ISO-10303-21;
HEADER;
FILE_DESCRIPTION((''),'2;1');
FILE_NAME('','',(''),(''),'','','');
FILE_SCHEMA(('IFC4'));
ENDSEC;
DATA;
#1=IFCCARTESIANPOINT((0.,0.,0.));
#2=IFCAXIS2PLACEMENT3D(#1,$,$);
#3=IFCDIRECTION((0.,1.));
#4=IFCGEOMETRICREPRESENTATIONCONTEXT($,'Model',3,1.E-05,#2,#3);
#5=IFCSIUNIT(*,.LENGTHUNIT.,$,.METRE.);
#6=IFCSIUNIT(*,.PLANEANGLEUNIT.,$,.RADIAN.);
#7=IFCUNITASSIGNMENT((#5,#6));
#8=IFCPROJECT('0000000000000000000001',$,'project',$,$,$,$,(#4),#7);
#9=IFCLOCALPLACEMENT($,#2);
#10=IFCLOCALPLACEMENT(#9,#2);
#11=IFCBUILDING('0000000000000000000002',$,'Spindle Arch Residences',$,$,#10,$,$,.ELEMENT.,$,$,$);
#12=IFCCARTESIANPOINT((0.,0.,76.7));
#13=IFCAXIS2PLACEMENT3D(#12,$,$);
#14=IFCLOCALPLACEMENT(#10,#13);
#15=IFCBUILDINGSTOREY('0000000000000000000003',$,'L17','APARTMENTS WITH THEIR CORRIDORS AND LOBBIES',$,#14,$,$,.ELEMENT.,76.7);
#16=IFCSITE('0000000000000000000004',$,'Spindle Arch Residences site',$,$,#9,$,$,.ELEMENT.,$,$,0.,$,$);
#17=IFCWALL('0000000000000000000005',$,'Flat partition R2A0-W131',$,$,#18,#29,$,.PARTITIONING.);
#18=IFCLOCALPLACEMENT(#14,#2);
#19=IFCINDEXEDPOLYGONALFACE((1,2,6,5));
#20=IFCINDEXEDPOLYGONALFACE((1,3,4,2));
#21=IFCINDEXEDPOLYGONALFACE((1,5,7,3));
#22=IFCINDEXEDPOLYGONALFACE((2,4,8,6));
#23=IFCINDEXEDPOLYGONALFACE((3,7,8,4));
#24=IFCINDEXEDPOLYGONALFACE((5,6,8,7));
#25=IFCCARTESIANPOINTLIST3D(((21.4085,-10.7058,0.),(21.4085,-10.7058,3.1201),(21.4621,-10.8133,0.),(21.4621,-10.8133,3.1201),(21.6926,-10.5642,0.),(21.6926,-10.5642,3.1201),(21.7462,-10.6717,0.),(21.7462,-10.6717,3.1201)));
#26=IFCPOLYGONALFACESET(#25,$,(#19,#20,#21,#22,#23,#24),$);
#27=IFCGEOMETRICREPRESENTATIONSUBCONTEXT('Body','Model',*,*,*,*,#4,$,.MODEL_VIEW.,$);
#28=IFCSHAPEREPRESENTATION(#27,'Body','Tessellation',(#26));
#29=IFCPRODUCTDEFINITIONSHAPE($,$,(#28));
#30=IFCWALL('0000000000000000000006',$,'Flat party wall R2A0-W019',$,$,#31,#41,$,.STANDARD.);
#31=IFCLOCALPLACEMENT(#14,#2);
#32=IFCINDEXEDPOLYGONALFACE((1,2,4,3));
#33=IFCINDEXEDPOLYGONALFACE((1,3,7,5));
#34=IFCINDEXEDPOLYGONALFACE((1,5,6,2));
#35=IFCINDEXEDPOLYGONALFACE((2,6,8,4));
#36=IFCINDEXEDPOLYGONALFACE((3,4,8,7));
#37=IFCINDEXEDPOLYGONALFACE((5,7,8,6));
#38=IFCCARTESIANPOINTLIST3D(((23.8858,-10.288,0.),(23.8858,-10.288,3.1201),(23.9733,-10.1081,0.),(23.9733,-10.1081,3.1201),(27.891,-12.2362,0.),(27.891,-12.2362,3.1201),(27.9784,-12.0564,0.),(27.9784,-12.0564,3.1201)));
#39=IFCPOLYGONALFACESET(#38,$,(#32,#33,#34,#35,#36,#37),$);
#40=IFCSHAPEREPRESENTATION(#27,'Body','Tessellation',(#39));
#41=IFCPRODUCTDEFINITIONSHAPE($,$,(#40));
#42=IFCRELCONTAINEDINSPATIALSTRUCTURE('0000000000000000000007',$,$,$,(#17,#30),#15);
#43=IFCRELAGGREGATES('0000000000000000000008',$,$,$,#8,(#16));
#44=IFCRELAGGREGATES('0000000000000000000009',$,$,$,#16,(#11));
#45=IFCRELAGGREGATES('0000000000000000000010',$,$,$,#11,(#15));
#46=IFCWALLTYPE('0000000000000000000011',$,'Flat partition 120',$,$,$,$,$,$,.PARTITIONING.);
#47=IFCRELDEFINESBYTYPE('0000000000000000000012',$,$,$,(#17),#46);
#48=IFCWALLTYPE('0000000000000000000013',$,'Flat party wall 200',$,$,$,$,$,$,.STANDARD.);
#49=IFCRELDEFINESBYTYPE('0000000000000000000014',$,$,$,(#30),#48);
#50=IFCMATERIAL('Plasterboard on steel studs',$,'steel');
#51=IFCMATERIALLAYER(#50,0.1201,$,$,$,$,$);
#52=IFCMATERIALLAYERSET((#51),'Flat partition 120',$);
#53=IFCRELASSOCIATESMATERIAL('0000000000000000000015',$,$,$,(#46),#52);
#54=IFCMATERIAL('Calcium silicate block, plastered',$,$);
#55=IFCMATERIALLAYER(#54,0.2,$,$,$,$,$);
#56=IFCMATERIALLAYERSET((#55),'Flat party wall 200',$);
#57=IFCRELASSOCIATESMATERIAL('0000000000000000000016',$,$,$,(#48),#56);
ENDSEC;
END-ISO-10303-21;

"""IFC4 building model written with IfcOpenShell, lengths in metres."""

from ifc_helpers import new_model, si_unit, direction, frame, frame_2d, origin, place, context, subcontext, project, spatial, rectangle, extrude, material, layer, layer_set, type_object, element, save


model = new_model("IFC4")

# Units and contexts
model_context = context("Model", 3, precision=1e-05, world=origin(), true_north=direction((0.0, 1.0)))
body_context = subcontext(model_context, "Body", "Model", "MODEL_VIEW")
ifc_project = project(units=[si_unit("LENGTHUNIT", "METRE"), si_unit("PLANEANGLEUNIT", "RADIAN")], contexts=[model_context])

# Site, building, storey
site_placement = place(None, origin())
site = spatial("IfcSite", under=ifc_project, at=site_placement, Name="Spindle Arch Residences site", CompositionType="ELEMENT", RefElevation=0.0)
building_placement = place(site_placement, origin())
building = spatial("IfcBuilding", under=site, at=building_placement, Name="Spindle Arch Residences", CompositionType="ELEMENT")
storey_placement = place(building_placement, frame((0.0, 0.0, 76.7)))
storey = spatial("IfcBuildingStorey", under=building, at=storey_placement, Name="L17", Description="APARTMENTS WITH THEIR CORRIDORS AND LOBBIES", CompositionType="ELEMENT", Elevation=76.7)

# Shared definitions
ifc_material_1 = material(Name="Plasterboard on steel studs", Category="steel")
ifc_layer_1 = layer(ifc_material_1, 0.1201)
ifc_layer_set_1 = layer_set([ifc_layer_1], Name="Flat partition 120")
wall_type_1 = type_object("IfcWallType", Name="Flat partition 120", PredefinedType="PARTITIONING", material=ifc_layer_set_1)

# Walls
wall_1_placement = place(storey_placement, frame((21.4353, -10.7595, 0.0), z_axis=(0.0, 0.0, 1.0), x_axis=(0.895041, 0.445983, 0.0)))
element("IfcWall", 1, at=wall_1_placement, inside=storey, type_object=wall_type_1, Name="Flat partition R2A0-W131", PredefinedType="PARTITIONING", context=body_context, shape_type="SweptSolid", body=[
    extrude(rectangle(XDim=0.3174, YDim=0.1201, at=frame_2d((0.1587, 0.0))), origin(), (0.0, 0.0, 1.0), 3.1201),
])
ifc_material_2 = material(Name="Calcium silicate block, plastered")
ifc_layer_2 = layer(ifc_material_2, 0.2)
ifc_layer_set_2 = layer_set([ifc_layer_2], Name="Flat party wall 200")
wall_type_2 = type_object("IfcWallType", Name="Flat party wall 200", PredefinedType="STANDARD", material=ifc_layer_set_2)
wall_2_placement = place(storey_placement, frame((23.9294, -10.198, 0.0), z_axis=(0.0, 0.0, 1.0), x_axis=(0.899253, -0.43743, 0.0)))
element("IfcWall", 2, at=wall_2_placement, inside=storey, type_object=wall_type_2, Name="Flat party wall R2A0-W019", PredefinedType="STANDARD", context=body_context, shape_type="SweptSolid", body=[
    extrude(rectangle(XDim=4.4539, YDim=0.2, at=frame_2d((2.2271, 0.0))), origin(), (0.0, 0.0, 1.0), 3.1201),
])

save(model, "model.ifc")
